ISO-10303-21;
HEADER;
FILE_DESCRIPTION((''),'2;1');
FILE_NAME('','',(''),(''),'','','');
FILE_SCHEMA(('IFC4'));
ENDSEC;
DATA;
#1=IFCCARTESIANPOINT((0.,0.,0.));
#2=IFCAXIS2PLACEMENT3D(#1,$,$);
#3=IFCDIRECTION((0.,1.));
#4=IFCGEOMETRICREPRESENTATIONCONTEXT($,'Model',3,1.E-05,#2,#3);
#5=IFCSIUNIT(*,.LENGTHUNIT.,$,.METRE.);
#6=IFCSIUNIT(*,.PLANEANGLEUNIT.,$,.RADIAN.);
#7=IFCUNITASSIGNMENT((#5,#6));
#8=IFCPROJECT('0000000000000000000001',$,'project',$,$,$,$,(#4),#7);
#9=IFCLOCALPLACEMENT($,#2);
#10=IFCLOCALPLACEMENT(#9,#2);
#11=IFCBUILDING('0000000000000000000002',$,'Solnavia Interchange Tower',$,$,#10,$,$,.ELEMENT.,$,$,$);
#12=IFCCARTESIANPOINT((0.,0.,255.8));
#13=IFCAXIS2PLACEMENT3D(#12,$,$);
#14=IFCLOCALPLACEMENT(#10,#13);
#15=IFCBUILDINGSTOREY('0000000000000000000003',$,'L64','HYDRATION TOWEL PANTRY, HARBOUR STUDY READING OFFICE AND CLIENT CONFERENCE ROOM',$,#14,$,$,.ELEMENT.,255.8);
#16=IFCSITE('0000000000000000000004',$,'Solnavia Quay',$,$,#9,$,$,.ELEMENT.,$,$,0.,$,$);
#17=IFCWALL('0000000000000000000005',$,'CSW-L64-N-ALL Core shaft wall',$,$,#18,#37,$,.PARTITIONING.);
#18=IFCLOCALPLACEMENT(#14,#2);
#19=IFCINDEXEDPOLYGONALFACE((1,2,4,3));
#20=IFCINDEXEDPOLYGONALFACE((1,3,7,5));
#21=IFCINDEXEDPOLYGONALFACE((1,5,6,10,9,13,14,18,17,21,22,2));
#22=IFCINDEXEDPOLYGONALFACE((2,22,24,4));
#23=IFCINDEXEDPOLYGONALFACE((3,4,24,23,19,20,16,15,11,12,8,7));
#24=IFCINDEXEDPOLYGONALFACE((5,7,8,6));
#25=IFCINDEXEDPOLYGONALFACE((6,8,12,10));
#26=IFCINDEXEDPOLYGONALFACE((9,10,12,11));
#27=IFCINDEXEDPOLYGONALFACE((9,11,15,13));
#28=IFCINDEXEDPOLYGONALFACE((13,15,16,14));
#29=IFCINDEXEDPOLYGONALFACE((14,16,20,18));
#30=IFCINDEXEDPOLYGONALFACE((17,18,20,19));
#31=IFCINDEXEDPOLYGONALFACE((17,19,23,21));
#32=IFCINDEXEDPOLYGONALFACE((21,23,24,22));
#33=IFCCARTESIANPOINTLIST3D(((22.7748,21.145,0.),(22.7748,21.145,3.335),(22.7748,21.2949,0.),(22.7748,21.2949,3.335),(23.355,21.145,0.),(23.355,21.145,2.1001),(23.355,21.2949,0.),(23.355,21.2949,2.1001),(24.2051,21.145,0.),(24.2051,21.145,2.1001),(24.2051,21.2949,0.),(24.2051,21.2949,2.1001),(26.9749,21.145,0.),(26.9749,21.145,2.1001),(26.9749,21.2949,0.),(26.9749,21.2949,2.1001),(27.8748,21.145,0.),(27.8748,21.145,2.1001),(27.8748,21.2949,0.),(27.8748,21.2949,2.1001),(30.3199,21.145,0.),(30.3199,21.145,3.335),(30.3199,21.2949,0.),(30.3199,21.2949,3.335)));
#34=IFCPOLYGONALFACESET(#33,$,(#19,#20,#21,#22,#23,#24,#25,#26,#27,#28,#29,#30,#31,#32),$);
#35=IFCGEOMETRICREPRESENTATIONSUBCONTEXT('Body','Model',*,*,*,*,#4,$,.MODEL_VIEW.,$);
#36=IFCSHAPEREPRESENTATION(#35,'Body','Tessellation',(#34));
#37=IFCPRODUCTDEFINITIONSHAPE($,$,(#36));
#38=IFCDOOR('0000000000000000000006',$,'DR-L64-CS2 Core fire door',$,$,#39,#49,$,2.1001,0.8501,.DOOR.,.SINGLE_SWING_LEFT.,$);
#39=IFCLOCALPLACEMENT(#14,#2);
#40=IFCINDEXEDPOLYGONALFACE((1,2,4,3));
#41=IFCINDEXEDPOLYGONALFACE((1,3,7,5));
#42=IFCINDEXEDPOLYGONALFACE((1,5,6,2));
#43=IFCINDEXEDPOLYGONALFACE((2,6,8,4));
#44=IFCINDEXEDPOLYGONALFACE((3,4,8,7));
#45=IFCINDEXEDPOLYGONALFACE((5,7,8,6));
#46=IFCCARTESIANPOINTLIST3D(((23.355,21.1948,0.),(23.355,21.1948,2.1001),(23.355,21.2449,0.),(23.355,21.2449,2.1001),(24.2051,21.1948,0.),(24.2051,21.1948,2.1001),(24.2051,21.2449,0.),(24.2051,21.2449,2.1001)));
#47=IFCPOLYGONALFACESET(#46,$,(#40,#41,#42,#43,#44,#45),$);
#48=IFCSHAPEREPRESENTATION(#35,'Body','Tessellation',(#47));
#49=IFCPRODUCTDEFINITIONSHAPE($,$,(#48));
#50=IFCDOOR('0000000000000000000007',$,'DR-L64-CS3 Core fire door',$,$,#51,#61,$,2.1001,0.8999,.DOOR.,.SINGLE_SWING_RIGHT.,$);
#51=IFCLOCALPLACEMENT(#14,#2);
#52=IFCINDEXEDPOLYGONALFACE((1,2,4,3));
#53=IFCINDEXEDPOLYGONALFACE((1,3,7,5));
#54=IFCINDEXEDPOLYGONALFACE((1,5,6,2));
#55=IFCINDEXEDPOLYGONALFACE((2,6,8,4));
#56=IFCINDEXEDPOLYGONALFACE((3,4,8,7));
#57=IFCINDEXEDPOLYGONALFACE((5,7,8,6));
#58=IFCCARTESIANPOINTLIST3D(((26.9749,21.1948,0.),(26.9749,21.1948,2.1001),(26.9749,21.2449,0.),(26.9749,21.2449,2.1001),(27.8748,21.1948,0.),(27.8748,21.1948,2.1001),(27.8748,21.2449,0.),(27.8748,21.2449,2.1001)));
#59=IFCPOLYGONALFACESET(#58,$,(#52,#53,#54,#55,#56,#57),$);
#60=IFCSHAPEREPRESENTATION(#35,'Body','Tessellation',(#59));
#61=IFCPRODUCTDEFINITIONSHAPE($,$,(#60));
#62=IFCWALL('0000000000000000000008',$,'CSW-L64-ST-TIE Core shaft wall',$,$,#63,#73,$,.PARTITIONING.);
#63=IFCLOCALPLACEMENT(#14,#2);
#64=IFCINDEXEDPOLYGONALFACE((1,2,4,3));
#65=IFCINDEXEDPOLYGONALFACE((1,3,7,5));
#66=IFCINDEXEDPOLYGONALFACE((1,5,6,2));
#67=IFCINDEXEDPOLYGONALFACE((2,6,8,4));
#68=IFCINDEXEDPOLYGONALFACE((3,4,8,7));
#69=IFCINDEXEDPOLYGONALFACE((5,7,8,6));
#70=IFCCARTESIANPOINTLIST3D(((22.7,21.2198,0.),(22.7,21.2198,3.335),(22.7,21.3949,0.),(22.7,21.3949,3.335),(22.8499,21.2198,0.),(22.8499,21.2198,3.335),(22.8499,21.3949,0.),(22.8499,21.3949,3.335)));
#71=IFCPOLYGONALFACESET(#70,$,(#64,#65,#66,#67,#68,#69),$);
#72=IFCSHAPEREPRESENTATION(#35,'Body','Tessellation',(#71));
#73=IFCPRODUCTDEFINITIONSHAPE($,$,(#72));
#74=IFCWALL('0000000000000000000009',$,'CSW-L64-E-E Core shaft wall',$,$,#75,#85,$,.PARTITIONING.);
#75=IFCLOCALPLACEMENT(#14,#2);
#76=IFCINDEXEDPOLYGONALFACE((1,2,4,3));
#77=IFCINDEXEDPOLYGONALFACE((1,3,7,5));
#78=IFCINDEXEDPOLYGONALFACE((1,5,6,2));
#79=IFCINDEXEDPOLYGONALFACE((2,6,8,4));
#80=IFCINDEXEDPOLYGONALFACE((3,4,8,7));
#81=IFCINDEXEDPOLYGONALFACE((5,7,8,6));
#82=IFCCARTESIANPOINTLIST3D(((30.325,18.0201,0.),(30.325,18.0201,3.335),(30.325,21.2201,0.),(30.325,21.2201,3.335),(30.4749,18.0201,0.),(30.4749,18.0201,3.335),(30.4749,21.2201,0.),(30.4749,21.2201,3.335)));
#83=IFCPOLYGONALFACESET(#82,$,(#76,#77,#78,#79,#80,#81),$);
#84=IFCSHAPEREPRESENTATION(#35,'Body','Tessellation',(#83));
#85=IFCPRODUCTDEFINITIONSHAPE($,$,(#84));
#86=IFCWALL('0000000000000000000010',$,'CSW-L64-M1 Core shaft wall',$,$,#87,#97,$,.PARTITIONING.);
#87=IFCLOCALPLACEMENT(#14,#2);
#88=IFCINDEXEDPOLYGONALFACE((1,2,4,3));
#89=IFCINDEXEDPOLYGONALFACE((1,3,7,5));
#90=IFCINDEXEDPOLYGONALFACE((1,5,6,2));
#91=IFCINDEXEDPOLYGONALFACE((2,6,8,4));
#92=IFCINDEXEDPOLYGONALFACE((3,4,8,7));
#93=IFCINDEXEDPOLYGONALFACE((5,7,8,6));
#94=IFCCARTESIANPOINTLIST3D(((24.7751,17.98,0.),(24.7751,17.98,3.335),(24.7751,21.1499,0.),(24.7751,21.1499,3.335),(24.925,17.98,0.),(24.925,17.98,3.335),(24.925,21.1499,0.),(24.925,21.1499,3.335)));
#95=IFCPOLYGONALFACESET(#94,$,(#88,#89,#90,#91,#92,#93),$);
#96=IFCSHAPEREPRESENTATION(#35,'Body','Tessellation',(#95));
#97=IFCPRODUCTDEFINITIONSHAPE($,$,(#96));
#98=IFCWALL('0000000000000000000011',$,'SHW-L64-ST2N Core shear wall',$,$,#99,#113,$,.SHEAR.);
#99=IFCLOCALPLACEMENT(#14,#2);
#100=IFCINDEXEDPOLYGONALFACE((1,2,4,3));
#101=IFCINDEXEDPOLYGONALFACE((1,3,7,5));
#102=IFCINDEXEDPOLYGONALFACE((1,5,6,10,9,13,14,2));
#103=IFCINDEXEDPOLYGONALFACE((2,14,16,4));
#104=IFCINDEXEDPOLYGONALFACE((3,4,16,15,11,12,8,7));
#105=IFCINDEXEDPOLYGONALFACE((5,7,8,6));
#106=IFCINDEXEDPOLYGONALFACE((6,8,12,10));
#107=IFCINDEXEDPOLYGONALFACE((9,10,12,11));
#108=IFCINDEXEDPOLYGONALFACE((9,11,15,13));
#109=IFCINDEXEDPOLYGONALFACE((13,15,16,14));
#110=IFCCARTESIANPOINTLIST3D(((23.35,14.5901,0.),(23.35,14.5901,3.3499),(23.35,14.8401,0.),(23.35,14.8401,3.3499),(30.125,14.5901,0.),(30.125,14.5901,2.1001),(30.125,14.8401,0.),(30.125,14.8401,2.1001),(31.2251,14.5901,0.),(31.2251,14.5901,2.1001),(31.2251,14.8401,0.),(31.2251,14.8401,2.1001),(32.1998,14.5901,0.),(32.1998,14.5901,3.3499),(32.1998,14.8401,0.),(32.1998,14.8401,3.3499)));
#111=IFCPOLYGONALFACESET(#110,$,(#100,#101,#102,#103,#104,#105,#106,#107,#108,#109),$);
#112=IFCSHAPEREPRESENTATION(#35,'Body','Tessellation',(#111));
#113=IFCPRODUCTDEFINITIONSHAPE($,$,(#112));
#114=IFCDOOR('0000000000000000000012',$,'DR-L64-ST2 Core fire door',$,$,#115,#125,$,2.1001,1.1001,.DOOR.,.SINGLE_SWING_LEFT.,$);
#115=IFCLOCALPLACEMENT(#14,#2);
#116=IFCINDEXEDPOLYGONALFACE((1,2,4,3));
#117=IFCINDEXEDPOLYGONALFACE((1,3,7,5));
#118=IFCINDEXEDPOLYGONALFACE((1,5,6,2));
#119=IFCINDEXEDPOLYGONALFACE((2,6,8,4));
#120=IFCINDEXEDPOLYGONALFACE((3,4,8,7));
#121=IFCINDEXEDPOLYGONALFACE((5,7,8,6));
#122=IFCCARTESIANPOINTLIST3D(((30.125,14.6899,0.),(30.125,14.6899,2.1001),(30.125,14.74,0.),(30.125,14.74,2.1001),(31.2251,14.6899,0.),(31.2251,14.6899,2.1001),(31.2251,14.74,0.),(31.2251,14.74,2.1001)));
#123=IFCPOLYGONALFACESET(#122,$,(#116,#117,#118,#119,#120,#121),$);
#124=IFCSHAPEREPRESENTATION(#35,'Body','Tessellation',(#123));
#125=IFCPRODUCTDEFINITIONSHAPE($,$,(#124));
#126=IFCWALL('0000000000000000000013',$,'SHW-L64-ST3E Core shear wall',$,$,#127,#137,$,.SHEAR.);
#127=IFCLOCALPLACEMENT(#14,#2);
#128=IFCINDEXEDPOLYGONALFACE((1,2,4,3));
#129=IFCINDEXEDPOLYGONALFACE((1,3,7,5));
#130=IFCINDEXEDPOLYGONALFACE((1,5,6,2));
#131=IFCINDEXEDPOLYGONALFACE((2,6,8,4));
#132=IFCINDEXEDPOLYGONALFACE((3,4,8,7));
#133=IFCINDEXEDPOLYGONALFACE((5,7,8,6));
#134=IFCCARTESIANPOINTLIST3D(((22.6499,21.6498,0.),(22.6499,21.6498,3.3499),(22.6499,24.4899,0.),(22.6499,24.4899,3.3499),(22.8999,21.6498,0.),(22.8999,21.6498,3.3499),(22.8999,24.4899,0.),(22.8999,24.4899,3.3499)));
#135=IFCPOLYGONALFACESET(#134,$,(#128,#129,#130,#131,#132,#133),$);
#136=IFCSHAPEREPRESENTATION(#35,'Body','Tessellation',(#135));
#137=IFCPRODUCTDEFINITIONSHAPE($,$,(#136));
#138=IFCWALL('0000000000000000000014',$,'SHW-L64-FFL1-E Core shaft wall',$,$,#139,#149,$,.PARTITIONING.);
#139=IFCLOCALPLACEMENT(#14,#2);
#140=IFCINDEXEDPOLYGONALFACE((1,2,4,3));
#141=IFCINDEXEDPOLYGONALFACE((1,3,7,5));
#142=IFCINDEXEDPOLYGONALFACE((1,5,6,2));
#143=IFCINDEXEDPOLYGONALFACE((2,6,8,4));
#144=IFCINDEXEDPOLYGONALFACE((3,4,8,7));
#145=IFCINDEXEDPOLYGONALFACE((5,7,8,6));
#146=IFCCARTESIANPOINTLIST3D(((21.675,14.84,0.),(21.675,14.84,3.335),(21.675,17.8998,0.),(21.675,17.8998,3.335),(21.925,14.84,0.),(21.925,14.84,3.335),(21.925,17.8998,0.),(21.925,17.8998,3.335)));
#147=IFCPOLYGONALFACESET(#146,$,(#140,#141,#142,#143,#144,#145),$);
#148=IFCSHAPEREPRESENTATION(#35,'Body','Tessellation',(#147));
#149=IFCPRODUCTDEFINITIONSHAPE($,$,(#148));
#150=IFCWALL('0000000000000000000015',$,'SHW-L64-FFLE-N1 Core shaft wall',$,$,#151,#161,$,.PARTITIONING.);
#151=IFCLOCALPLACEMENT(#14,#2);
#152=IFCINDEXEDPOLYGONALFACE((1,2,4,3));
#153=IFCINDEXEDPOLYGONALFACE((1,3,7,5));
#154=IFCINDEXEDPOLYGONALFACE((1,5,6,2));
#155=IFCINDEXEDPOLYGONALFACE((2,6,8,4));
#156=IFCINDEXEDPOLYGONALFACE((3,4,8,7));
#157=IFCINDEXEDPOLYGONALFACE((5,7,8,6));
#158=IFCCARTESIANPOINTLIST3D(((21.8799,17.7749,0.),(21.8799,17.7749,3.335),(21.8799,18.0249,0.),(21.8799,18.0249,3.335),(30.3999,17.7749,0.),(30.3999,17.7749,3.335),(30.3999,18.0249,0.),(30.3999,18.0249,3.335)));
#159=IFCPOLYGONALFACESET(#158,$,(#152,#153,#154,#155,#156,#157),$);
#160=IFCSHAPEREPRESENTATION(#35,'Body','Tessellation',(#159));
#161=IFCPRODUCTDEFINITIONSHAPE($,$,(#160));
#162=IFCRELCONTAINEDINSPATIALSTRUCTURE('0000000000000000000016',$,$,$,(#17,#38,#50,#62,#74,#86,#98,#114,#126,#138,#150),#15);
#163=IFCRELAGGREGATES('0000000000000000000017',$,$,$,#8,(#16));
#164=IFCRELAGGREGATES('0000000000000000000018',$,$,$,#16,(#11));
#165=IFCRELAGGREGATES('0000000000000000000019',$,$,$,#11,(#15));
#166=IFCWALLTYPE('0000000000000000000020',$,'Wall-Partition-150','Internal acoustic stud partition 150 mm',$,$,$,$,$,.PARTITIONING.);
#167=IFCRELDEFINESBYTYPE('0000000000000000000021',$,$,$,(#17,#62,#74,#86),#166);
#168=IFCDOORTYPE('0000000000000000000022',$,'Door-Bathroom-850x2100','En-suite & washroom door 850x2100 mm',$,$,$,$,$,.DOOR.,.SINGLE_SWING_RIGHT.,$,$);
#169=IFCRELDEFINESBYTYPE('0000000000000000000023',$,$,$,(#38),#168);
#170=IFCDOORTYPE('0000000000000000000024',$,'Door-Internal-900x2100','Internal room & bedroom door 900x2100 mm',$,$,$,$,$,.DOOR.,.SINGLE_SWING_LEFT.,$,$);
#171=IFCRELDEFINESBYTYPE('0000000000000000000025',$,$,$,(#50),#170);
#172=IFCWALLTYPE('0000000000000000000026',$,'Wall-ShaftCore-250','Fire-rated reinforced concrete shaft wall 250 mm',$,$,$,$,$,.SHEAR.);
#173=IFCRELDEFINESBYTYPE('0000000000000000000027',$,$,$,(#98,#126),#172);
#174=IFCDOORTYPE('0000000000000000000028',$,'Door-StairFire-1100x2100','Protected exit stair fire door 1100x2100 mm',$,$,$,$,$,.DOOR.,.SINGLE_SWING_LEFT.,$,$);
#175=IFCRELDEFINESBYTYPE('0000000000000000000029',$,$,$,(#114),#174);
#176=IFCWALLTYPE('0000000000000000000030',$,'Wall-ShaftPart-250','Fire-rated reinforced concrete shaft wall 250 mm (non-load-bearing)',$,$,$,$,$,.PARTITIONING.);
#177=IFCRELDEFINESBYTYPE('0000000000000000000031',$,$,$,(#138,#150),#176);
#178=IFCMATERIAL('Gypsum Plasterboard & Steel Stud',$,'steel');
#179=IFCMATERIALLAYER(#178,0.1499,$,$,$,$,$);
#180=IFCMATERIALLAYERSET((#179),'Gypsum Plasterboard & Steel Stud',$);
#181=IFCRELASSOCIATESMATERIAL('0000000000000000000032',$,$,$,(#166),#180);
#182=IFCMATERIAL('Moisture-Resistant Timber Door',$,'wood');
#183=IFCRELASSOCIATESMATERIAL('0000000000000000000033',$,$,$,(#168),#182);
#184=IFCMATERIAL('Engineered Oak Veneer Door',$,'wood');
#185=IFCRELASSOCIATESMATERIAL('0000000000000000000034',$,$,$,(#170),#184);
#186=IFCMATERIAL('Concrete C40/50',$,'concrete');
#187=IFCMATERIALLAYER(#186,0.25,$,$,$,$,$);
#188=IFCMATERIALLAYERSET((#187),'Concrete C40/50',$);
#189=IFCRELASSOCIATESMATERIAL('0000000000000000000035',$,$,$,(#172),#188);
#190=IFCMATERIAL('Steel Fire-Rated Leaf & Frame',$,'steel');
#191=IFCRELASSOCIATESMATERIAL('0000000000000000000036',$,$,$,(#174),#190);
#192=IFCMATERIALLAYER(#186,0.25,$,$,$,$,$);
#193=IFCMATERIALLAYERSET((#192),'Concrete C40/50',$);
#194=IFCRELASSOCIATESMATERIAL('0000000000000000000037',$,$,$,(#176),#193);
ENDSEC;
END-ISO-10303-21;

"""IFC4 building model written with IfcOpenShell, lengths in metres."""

from ifc_helpers import new_model, si_unit, direction, frame, frame_2d, origin, place, context, subcontext, project, spatial, rectangle, extrude, material, layer, layer_set, type_object, element, fill, save


model = new_model("IFC4")

# Units and contexts
model_context = context("Model", 3, precision=1e-05, world=origin(), true_north=direction((0.0, 1.0)))
body_context = subcontext(model_context, "Body", "Model", "MODEL_VIEW")
ifc_project = project(units=[si_unit("LENGTHUNIT", "METRE"), si_unit("PLANEANGLEUNIT", "RADIAN")], contexts=[model_context])

# Site, building, storey
site_placement = place(None, origin())
site = spatial("IfcSite", under=ifc_project, at=site_placement, Name="Solnavia Quay", CompositionType="ELEMENT", RefElevation=0.0)
building_placement = place(site_placement, origin())
building = spatial("IfcBuilding", under=site, at=building_placement, Name="Solnavia Interchange Tower", CompositionType="ELEMENT")
storey_placement = place(building_placement, frame((0.0, 0.0, 255.8)))
storey = spatial("IfcBuildingStorey", under=building, at=storey_placement, Name="L64", Description="HYDRATION TOWEL PANTRY, HARBOUR STUDY READING OFFICE AND CLIENT CONFERENCE ROOM", CompositionType="ELEMENT", Elevation=255.8)

# Wall, openings, doors
ifc_material_1 = material(Name="Gypsum Plasterboard & Steel Stud", Category="steel")
ifc_layer_1 = layer(ifc_material_1, 0.1499)
ifc_layer_set_1 = layer_set([ifc_layer_1], Name="Gypsum Plasterboard & Steel Stud")
wall_type_1 = type_object("IfcWallType", Name="Wall-Partition-150", Description="Internal acoustic stud partition 150 mm", PredefinedType="PARTITIONING", material=ifc_layer_set_1)
wall_1_placement = place(storey_placement, frame((22.7749, 21.22, 0.0), z_axis=(0.0, 0.0, 1.0), x_axis=(1.0, 0.0, 0.0)))
wall_1 = element("IfcWall", 1, at=wall_1_placement, inside=storey, type_object=wall_type_1, Name="CSW-L64-N-ALL Core shaft wall", PredefinedType="PARTITIONING", context=body_context, shape_type="SweptSolid", body=[
    extrude(rectangle(XDim=7.5452, YDim=0.1499, at=frame_2d((3.7725, 0.0))), origin(), (0.0, 0.0, 1.0), 3.335),
])
opening_1_placement = place(wall_1_placement, frame((0.5801, 0.0, 0.0)))
opening_1 = element("IfcOpeningElement", 2, at=opening_1_placement, cuts=wall_1, PredefinedType="OPENING", context=body_context, shape_type="SweptSolid", body=[
    extrude(rectangle(XDim=0.8501, YDim=2.1001, at=frame_2d((0.425, 1.05))), frame((0.0, 0.085, 0.0), z_axis=(0.0, -1.0, 0.0), x_axis=(1.0, 0.0, 0.0)), (0.0, 0.0, 1.0), 0.1699),
])
opening_2_placement = place(wall_1_placement, frame((4.2, 0.0, 0.0)))
opening_2 = element("IfcOpeningElement", 3, at=opening_2_placement, cuts=wall_1, PredefinedType="OPENING", context=body_context, shape_type="SweptSolid", body=[
    extrude(rectangle(XDim=0.8999, YDim=2.1001, at=frame_2d((0.45, 1.05))), frame((0.0, 0.085, 0.0), z_axis=(0.0, -1.0, 0.0), x_axis=(1.0, 0.0, 0.0)), (0.0, 0.0, 1.0), 0.1699),
])
ifc_material_2 = material(Name="Moisture-Resistant Timber Door", Category="wood")
door_type_1 = type_object("IfcDoorType", Name="Door-Bathroom-850x2100", Description="En-suite & washroom door 850x2100 mm", OperationType="SINGLE_SWING_RIGHT", PredefinedType="DOOR", material=ifc_material_2)
door_1_placement = place(opening_1_placement, origin())
door_1 = element("IfcDoor", 4, at=door_1_placement, inside=storey, type_object=door_type_1, Name="DR-L64-CS2 Core fire door", OperationType="SINGLE_SWING_LEFT", OverallHeight=2.1001, OverallWidth=0.8501, PredefinedType="DOOR", context=body_context, shape_type="SweptSolid", body=[
    extrude(rectangle(XDim=0.8501, YDim=2.1001, at=frame_2d((0.425, 1.05))), frame((0.0, 0.0249, 0.0), z_axis=(0.0, -1.0, 0.0), x_axis=(1.0, 0.0, 0.0)), (0.0, 0.0, 1.0), 0.05),
])
fill(opening_1, door_1)
ifc_material_3 = material(Name="Engineered Oak Veneer Door", Category="wood")
door_type_2 = type_object("IfcDoorType", Name="Door-Internal-900x2100", Description="Internal room & bedroom door 900x2100 mm", OperationType="SINGLE_SWING_LEFT", PredefinedType="DOOR", material=ifc_material_3)
door_2_placement = place(opening_2_placement, origin())
door_2 = element("IfcDoor", 5, at=door_2_placement, inside=storey, type_object=door_type_2, Name="DR-L64-CS3 Core fire door", OperationType="SINGLE_SWING_RIGHT", OverallHeight=2.1001, OverallWidth=0.8999, PredefinedType="DOOR", context=body_context, shape_type="SweptSolid", body=[
    extrude(rectangle(XDim=0.8999, YDim=2.1001, at=frame_2d((0.45, 1.05))), frame((0.0, 0.0249, 0.0), z_axis=(0.0, -1.0, 0.0), x_axis=(1.0, 0.0, 0.0)), (0.0, 0.0, 1.0), 0.05),
])
fill(opening_2, door_2)

# Walls
wall_2_placement = place(storey_placement, frame((22.7749, 21.22, 0.0), z_axis=(0.0, 0.0, 1.0), x_axis=(0.0, 1.0, 0.0)))
element("IfcWall", 6, at=wall_2_placement, inside=storey, type_object=wall_type_1, Name="CSW-L64-ST-TIE Core shaft wall", PredefinedType="PARTITIONING", context=body_context, shape_type="SweptSolid", body=[
    extrude(rectangle(XDim=0.175, YDim=0.1499, at=frame_2d((0.0874, 0.0))), origin(), (0.0, 0.0, 1.0), 3.335),
])
wall_3_placement = place(storey_placement, frame((30.3999, 18.02, 0.0), z_axis=(0.0, 0.0, 1.0), x_axis=(0.0, 1.0, 0.0)))
element("IfcWall", 7, at=wall_3_placement, inside=storey, type_object=wall_type_1, Name="CSW-L64-E-E Core shaft wall", PredefinedType="PARTITIONING", context=body_context, shape_type="SweptSolid", body=[
    extrude(rectangle(XDim=3.2, YDim=0.1499, at=frame_2d((1.6001, 0.0))), origin(), (0.0, 0.0, 1.0), 3.335),
])
wall_4_placement = place(storey_placement, frame((24.8501, 17.98, 0.0), z_axis=(0.0, 0.0, 1.0), x_axis=(0.0, 1.0, 0.0)))
element("IfcWall", 8, at=wall_4_placement, inside=storey, type_object=wall_type_1, Name="CSW-L64-M1 Core shaft wall", PredefinedType="PARTITIONING", context=body_context, shape_type="SweptSolid", body=[
    extrude(rectangle(XDim=3.1699, YDim=0.1499, at=frame_2d((1.585, 0.0))), origin(), (0.0, 0.0, 1.0), 3.335),
])

# Wall, opening, door
ifc_material_4 = material(Name="Concrete C40/50", Category="concrete")
ifc_layer_2 = layer(ifc_material_4, 0.25)
ifc_layer_set_2 = layer_set([ifc_layer_2], Name="Concrete C40/50")
wall_type_2 = type_object("IfcWallType", Name="Wall-ShaftCore-250", Description="Fire-rated reinforced concrete shaft wall 250 mm", PredefinedType="SHEAR", material=ifc_layer_set_2)
wall_5_placement = place(storey_placement, frame((23.3501, 14.7151, 0.0), z_axis=(0.0, 0.0, 1.0), x_axis=(1.0, 0.0, 0.0)))
wall_5 = element("IfcWall", 9, at=wall_5_placement, inside=storey, type_object=wall_type_2, Name="SHW-L64-ST2N Core shear wall", PredefinedType="SHEAR", context=body_context, shape_type="SweptSolid", body=[
    extrude(rectangle(XDim=8.8499, YDim=0.25, at=frame_2d((4.4248, 0.0))), origin(), (0.0, 0.0, 1.0), 3.3499),
])
opening_3_placement = place(wall_5_placement, frame((6.7749, 0.0, 0.0)))
opening_3 = element("IfcOpeningElement", 10, at=opening_3_placement, cuts=wall_5, PredefinedType="OPENING", context=body_context, shape_type="SweptSolid", body=[
    extrude(rectangle(XDim=1.1001, YDim=2.1001, at=frame_2d((0.55, 1.05))), frame((0.0, 0.135, 0.0), z_axis=(0.0, -1.0, 0.0), x_axis=(1.0, 0.0, 0.0)), (0.0, 0.0, 1.0), 0.27),
])
ifc_material_5 = material(Name="Steel Fire-Rated Leaf & Frame", Category="steel")
door_type_3 = type_object("IfcDoorType", Name="Door-StairFire-1100x2100", Description="Protected exit stair fire door 1100x2100 mm", OperationType="SINGLE_SWING_LEFT", PredefinedType="DOOR", material=ifc_material_5)
door_3_placement = place(opening_3_placement, origin())
door_3 = element("IfcDoor", 11, at=door_3_placement, inside=storey, type_object=door_type_3, Name="DR-L64-ST2 Core fire door", OperationType="SINGLE_SWING_LEFT", OverallHeight=2.1001, OverallWidth=1.1001, PredefinedType="DOOR", context=body_context, shape_type="SweptSolid", body=[
    extrude(rectangle(XDim=1.1001, YDim=2.1001, at=frame_2d((0.55, 1.05))), frame((0.0, 0.0249, 0.0), z_axis=(0.0, -1.0, 0.0), x_axis=(1.0, 0.0, 0.0)), (0.0, 0.0, 1.0), 0.05),
])
fill(opening_3, door_3)

# Walls
wall_6_placement = place(storey_placement, frame((22.7749, 21.6499, 0.0), z_axis=(0.0, 0.0, 1.0), x_axis=(0.0, 1.0, 0.0)))
element("IfcWall", 12, at=wall_6_placement, inside=storey, type_object=wall_type_2, Name="SHW-L64-ST3E Core shear wall", PredefinedType="SHEAR", context=body_context, shape_type="SweptSolid", body=[
    extrude(rectangle(XDim=2.8401, YDim=0.25, at=frame_2d((1.4199, 0.0))), origin(), (0.0, 0.0, 1.0), 3.3499),
])
ifc_layer_3 = layer(ifc_material_4, 0.25)
ifc_layer_set_3 = layer_set([ifc_layer_3], Name="Concrete C40/50")
wall_type_3 = type_object("IfcWallType", Name="Wall-ShaftPart-250", Description="Fire-rated reinforced concrete shaft wall 250 mm (non-load-bearing)", PredefinedType="PARTITIONING", material=ifc_layer_set_3)
wall_7_placement = place(storey_placement, frame((21.8, 14.8401, 0.0), z_axis=(0.0, 0.0, 1.0), x_axis=(0.0, 1.0, 0.0)))
element("IfcWall", 13, at=wall_7_placement, inside=storey, type_object=wall_type_3, Name="SHW-L64-FFL1-E Core shaft wall", PredefinedType="PARTITIONING", context=body_context, shape_type="SweptSolid", body=[
    extrude(rectangle(XDim=3.0598, YDim=0.25, at=frame_2d((1.5298, 0.0))), origin(), (0.0, 0.0, 1.0), 3.335),
])
wall_8_placement = place(storey_placement, frame((21.8799, 17.8999, 0.0), z_axis=(0.0, 0.0, 1.0), x_axis=(1.0, 0.0, 0.0)))
element("IfcWall", 14, at=wall_8_placement, inside=storey, type_object=wall_type_3, Name="SHW-L64-FFLE-N1 Core shaft wall", PredefinedType="PARTITIONING", context=body_context, shape_type="SweptSolid", body=[
    extrude(rectangle(XDim=8.52, YDim=0.25, at=frame_2d((4.26, 0.0))), origin(), (0.0, 0.0, 1.0), 3.335),
])

save(model, "model.ifc")
